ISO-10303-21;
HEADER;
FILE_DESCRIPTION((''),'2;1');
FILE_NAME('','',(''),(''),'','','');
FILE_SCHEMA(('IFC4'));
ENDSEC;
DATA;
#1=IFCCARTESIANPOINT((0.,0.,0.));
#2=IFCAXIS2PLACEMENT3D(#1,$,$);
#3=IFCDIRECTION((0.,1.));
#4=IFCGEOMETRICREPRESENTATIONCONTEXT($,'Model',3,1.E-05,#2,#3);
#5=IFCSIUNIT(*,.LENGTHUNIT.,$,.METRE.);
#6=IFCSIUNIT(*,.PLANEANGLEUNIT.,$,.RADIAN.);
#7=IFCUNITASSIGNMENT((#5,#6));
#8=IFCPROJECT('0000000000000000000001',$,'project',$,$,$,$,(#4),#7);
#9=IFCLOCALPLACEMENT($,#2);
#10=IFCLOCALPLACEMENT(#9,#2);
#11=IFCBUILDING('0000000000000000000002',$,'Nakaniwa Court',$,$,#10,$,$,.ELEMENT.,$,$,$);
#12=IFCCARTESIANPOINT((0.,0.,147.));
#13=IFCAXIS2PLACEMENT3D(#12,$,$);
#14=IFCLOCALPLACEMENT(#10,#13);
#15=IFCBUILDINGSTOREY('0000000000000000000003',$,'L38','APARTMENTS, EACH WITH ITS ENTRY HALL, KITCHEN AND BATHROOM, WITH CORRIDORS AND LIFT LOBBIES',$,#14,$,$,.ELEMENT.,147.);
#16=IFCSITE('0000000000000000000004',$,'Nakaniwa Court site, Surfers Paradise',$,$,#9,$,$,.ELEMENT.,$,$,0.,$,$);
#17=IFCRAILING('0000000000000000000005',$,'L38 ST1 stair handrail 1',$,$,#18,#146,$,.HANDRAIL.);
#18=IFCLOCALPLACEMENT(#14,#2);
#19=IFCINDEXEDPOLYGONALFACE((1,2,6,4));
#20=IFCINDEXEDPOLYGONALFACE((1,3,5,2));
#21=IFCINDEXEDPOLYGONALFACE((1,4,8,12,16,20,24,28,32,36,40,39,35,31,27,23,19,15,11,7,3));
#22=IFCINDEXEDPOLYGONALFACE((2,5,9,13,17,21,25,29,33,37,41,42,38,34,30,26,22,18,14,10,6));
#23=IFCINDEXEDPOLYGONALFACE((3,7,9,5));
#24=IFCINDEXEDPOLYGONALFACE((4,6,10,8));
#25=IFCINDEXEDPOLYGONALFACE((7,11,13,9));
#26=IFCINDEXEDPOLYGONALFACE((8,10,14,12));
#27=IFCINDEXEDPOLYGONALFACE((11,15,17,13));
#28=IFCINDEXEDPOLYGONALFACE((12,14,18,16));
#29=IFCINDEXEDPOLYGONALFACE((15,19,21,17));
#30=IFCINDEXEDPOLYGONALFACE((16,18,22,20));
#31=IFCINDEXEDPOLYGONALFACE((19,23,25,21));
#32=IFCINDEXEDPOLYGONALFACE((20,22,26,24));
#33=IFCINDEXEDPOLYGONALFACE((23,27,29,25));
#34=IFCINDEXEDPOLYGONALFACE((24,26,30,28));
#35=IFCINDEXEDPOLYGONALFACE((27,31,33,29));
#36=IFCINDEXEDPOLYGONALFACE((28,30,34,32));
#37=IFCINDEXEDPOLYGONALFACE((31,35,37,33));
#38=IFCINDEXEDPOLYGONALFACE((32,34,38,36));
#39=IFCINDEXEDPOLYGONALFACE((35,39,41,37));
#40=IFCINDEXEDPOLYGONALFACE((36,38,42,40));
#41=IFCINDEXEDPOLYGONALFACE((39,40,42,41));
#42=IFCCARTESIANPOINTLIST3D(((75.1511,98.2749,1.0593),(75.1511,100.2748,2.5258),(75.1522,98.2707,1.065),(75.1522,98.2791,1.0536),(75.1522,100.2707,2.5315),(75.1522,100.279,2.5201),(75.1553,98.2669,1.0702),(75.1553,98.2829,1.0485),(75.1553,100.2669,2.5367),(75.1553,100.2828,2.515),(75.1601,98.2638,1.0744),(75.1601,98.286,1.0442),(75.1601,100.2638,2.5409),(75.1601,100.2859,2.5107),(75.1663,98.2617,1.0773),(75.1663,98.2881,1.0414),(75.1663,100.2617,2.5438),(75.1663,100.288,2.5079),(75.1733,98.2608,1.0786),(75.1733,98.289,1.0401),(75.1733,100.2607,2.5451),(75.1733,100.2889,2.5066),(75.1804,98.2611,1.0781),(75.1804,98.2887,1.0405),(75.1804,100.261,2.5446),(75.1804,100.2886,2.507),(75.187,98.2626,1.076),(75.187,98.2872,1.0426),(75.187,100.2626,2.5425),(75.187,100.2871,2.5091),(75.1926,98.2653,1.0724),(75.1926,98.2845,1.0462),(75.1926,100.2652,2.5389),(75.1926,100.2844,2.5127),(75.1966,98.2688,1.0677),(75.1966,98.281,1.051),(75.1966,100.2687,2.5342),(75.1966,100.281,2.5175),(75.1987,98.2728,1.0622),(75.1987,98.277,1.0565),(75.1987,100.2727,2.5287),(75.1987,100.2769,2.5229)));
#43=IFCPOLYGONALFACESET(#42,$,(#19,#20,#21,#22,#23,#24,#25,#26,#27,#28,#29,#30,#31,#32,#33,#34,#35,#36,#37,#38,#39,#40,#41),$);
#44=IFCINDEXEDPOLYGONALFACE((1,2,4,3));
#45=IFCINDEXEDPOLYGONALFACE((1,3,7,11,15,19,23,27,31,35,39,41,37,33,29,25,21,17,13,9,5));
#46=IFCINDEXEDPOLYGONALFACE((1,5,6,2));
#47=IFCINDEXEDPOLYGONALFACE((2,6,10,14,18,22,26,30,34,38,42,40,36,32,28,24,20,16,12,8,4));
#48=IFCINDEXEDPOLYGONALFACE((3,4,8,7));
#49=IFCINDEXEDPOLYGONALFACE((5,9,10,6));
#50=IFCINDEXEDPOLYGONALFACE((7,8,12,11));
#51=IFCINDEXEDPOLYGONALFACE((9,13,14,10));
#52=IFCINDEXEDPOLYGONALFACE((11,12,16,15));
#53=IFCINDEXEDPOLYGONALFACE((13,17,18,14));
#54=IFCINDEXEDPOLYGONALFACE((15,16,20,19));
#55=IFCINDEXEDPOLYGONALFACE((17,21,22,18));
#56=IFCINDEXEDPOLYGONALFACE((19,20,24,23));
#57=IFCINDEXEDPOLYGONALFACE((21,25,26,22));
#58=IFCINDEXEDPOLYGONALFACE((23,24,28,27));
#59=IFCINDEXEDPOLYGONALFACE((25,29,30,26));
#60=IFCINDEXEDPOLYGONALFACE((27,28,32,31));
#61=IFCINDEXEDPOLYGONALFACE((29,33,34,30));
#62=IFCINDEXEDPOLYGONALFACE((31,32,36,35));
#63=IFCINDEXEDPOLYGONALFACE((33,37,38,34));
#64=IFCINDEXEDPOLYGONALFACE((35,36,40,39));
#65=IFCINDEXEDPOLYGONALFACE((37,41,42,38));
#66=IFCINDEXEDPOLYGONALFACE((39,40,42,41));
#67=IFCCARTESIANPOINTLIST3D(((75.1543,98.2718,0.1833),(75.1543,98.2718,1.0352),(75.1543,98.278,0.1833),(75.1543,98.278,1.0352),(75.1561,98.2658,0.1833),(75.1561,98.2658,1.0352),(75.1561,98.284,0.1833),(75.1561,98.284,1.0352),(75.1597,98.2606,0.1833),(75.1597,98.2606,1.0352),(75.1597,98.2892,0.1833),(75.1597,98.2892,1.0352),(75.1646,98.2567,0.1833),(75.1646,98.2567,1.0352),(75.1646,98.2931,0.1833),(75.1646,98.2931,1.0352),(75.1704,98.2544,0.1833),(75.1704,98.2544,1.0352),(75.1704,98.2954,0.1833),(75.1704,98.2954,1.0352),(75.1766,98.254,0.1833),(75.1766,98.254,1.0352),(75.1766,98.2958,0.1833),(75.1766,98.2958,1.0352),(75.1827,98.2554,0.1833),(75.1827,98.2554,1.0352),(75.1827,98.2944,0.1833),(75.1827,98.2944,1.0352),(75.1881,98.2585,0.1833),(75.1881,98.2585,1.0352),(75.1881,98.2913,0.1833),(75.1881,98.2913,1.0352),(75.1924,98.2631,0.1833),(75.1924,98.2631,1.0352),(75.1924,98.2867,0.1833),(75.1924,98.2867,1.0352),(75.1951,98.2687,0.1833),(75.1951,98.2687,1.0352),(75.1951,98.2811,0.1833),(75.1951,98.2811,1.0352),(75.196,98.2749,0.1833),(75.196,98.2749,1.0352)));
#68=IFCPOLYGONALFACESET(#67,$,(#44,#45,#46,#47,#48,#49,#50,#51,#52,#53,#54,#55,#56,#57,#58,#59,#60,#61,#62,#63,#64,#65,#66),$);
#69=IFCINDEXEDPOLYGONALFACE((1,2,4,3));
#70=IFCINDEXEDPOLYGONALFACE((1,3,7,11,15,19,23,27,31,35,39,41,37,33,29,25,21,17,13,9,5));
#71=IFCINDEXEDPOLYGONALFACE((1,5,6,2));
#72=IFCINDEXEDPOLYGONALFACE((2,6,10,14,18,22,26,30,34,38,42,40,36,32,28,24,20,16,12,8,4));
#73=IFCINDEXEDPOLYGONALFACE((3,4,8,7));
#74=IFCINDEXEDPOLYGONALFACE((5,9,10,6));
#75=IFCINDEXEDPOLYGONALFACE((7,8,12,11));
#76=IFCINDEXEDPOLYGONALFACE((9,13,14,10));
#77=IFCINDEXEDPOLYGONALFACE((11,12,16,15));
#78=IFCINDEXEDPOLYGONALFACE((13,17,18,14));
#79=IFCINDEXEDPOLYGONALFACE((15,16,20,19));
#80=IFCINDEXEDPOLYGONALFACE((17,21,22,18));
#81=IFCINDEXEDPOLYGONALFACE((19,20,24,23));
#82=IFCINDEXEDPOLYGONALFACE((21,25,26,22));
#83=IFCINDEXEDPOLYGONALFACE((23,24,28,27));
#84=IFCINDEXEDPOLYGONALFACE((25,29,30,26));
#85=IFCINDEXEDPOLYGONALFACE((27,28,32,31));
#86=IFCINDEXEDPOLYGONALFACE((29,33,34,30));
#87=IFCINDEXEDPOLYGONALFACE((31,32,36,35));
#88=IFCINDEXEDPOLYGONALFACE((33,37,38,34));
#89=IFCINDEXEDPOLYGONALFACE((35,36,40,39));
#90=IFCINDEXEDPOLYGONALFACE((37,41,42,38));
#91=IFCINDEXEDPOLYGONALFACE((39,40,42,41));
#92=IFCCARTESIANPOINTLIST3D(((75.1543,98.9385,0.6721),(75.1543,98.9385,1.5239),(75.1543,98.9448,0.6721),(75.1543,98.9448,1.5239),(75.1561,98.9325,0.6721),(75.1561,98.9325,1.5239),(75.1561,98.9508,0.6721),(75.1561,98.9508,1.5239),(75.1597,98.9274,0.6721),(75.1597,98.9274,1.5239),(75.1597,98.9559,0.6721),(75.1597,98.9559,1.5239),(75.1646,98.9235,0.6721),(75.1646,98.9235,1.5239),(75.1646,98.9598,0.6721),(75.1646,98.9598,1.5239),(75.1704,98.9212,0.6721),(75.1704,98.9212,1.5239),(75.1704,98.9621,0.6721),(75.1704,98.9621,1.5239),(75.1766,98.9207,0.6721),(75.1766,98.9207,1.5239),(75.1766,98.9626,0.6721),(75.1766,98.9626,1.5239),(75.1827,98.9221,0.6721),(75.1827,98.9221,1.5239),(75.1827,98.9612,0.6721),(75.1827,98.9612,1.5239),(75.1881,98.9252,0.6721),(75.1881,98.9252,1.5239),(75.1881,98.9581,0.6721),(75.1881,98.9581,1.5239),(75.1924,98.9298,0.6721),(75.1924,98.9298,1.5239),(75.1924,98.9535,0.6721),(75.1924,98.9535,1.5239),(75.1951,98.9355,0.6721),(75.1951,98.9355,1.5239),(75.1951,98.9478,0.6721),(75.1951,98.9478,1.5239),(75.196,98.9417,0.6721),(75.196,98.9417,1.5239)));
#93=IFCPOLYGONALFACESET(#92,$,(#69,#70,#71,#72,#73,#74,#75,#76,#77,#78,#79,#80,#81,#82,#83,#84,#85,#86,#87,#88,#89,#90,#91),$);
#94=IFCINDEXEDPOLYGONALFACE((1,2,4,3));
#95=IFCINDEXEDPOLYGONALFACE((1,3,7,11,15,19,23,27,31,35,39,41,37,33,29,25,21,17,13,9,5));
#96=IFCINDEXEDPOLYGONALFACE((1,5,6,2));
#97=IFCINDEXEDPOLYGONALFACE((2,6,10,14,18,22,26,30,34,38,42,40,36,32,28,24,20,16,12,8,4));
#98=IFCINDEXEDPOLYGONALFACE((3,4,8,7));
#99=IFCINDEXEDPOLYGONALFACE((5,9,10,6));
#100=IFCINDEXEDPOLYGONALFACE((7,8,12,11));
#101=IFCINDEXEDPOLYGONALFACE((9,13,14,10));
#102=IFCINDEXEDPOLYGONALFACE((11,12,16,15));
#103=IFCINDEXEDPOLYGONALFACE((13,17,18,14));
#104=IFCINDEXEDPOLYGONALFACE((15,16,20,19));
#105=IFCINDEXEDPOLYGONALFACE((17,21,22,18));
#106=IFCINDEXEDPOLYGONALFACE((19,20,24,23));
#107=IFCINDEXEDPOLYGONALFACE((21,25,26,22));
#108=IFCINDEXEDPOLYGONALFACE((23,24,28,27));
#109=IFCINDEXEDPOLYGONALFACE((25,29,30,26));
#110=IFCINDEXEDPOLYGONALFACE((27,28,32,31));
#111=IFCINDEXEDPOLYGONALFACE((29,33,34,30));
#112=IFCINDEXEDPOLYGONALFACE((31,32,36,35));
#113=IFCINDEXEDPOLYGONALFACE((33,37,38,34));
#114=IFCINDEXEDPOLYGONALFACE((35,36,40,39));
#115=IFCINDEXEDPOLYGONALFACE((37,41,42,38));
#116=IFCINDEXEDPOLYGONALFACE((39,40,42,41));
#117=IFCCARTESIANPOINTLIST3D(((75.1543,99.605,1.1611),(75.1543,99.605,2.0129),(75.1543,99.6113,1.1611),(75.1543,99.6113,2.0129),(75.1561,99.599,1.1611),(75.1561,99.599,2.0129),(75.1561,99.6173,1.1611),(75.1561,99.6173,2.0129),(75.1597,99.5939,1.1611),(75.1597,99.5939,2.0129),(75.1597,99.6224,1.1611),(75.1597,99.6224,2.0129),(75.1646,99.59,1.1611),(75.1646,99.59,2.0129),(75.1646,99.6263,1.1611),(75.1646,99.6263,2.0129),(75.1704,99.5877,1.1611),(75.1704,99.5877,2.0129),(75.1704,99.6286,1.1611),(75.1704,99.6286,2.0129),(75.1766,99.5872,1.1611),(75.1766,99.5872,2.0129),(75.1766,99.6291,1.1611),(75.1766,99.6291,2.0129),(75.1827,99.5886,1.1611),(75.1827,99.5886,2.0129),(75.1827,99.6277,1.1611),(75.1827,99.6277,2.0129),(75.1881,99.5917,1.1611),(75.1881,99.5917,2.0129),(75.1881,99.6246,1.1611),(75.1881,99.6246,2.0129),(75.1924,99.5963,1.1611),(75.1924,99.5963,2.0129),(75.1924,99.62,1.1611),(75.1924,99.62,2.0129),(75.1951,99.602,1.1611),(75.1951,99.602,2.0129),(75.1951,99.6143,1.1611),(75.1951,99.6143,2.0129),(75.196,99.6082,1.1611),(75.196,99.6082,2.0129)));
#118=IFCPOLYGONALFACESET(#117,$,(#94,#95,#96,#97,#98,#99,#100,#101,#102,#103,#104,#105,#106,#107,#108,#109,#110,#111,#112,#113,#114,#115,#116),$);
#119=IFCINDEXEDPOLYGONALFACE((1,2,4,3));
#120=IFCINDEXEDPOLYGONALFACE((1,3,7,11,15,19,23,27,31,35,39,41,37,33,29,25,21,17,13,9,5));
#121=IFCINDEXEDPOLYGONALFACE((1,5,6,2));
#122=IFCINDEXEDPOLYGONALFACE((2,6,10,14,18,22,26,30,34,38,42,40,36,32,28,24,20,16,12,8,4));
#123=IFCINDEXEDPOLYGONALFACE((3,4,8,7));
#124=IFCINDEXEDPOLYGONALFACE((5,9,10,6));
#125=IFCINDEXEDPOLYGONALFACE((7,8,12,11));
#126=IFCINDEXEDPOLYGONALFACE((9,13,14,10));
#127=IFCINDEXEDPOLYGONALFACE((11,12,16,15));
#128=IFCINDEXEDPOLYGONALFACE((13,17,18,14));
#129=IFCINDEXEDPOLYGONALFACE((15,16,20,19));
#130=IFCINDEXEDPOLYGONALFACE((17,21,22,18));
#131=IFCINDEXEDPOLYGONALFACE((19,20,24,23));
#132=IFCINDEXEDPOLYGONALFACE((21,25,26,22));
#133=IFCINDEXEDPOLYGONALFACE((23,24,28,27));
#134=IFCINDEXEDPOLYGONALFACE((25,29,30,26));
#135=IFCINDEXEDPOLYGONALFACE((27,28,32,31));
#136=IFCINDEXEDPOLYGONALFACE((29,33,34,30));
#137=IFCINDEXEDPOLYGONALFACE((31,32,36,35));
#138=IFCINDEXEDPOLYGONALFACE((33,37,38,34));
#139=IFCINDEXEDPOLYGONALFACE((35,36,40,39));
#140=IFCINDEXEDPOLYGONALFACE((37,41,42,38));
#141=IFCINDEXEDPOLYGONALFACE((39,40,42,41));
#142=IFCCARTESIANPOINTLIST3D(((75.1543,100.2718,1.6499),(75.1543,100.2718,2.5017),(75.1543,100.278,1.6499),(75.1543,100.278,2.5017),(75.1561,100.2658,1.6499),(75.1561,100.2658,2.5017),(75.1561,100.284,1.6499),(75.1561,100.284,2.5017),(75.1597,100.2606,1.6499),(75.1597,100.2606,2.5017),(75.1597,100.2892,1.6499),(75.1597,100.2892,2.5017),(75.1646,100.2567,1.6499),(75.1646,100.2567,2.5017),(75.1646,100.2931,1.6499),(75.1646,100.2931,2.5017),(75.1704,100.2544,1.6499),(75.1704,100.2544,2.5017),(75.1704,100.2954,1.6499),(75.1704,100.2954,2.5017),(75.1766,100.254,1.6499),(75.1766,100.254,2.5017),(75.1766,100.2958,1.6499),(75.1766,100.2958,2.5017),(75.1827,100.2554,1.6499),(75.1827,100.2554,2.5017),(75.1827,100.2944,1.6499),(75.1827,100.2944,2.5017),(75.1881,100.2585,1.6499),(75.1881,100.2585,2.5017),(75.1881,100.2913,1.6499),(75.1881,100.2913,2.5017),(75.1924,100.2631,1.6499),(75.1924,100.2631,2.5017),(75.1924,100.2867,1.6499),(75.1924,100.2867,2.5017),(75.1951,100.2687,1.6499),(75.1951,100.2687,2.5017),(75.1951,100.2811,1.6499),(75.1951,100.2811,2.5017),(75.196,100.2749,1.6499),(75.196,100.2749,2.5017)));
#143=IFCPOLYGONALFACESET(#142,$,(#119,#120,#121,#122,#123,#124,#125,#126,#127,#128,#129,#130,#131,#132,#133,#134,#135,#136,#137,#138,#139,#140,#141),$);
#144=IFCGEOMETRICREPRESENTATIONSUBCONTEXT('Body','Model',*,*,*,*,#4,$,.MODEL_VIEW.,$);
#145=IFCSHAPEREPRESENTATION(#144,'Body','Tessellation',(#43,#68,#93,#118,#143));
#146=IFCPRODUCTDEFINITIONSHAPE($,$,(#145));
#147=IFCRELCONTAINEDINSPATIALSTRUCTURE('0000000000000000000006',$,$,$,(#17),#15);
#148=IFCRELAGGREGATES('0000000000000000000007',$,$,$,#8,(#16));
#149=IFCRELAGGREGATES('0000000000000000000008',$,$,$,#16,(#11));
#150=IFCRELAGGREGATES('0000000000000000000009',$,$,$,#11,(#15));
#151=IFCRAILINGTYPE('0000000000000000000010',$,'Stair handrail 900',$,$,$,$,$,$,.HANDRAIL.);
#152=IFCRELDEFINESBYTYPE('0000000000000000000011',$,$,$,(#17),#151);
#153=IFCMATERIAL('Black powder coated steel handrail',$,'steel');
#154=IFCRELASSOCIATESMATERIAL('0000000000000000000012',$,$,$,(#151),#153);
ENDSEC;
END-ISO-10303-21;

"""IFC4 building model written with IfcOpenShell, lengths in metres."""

from ifc_helpers import new_model, si_unit, direction, frame, origin, origin_2d, place, context, subcontext, project, spatial, circle, extrude, material, type_object, element, save


model = new_model("IFC4")

# Units and contexts
model_context = context("Model", 3, precision=1e-05, world=origin(), true_north=direction((0.0, 1.0)))
body_context = subcontext(model_context, "Body", "Model", "MODEL_VIEW")
ifc_project = project(units=[si_unit("LENGTHUNIT", "METRE"), si_unit("PLANEANGLEUNIT", "RADIAN")], contexts=[model_context])

# Site, building, storey
site_placement = place(None, origin())
site = spatial("IfcSite", under=ifc_project, at=site_placement, Name="Nakaniwa Court site, Surfers Paradise", CompositionType="ELEMENT", RefElevation=0.0)
building_placement = place(site_placement, origin())
building = spatial("IfcBuilding", under=site, at=building_placement, Name="Nakaniwa Court", CompositionType="ELEMENT")
storey_placement = place(building_placement, frame((0.0, 0.0, 147.0)))
storey = spatial("IfcBuildingStorey", under=building, at=storey_placement, Name="L38", Description="APARTMENTS, EACH WITH ITS ENTRY HALL, KITCHEN AND BATHROOM, WITH CORRIDORS AND LIFT LOBBIES", CompositionType="ELEMENT", Elevation=147.0)

# Railing
ifc_material_1 = material(Name="Black powder coated steel handrail", Category="steel")
railing_type_1 = type_object("IfcRailingType", Name="Stair handrail 900", PredefinedType="HANDRAIL", material=ifc_material_1)
railing_1_placement = place(storey_placement, frame((75.175, 98.2749, 0.1833)))
element("IfcRailing", 1, at=railing_1_placement, inside=storey, type_object=railing_type_1, Name="L38 ST1 stair handrail 1", PredefinedType="HANDRAIL", context=body_context, shape_type="SweptSolid", body=[
    extrude(circle(Radius=0.0239, at=origin_2d()), frame((0.0, 0.0, 0.876), z_axis=(0.0, 0.806427, 0.591334), x_axis=(-1.0, 0.0, 0.0)), (0.0, 0.0, 1.0), 2.48),
    extrude(circle(Radius=0.021, at=origin_2d()), origin(), (0.0, 0.0, 1.0), 0.8518),
    extrude(circle(Radius=0.021, at=origin_2d()), frame((0.0, 0.6667, 0.4888)), (0.0, 0.0, 1.0), 0.8518),
    extrude(circle(Radius=0.021, at=origin_2d()), frame((0.0, 1.3333, 0.9778)), (0.0, 0.0, 1.0), 0.8518),
    extrude(circle(Radius=0.021, at=origin_2d()), frame((0.0, 2.0, 1.4666)), (0.0, 0.0, 1.0), 0.8518),
])

save(model, "model.ifc")
